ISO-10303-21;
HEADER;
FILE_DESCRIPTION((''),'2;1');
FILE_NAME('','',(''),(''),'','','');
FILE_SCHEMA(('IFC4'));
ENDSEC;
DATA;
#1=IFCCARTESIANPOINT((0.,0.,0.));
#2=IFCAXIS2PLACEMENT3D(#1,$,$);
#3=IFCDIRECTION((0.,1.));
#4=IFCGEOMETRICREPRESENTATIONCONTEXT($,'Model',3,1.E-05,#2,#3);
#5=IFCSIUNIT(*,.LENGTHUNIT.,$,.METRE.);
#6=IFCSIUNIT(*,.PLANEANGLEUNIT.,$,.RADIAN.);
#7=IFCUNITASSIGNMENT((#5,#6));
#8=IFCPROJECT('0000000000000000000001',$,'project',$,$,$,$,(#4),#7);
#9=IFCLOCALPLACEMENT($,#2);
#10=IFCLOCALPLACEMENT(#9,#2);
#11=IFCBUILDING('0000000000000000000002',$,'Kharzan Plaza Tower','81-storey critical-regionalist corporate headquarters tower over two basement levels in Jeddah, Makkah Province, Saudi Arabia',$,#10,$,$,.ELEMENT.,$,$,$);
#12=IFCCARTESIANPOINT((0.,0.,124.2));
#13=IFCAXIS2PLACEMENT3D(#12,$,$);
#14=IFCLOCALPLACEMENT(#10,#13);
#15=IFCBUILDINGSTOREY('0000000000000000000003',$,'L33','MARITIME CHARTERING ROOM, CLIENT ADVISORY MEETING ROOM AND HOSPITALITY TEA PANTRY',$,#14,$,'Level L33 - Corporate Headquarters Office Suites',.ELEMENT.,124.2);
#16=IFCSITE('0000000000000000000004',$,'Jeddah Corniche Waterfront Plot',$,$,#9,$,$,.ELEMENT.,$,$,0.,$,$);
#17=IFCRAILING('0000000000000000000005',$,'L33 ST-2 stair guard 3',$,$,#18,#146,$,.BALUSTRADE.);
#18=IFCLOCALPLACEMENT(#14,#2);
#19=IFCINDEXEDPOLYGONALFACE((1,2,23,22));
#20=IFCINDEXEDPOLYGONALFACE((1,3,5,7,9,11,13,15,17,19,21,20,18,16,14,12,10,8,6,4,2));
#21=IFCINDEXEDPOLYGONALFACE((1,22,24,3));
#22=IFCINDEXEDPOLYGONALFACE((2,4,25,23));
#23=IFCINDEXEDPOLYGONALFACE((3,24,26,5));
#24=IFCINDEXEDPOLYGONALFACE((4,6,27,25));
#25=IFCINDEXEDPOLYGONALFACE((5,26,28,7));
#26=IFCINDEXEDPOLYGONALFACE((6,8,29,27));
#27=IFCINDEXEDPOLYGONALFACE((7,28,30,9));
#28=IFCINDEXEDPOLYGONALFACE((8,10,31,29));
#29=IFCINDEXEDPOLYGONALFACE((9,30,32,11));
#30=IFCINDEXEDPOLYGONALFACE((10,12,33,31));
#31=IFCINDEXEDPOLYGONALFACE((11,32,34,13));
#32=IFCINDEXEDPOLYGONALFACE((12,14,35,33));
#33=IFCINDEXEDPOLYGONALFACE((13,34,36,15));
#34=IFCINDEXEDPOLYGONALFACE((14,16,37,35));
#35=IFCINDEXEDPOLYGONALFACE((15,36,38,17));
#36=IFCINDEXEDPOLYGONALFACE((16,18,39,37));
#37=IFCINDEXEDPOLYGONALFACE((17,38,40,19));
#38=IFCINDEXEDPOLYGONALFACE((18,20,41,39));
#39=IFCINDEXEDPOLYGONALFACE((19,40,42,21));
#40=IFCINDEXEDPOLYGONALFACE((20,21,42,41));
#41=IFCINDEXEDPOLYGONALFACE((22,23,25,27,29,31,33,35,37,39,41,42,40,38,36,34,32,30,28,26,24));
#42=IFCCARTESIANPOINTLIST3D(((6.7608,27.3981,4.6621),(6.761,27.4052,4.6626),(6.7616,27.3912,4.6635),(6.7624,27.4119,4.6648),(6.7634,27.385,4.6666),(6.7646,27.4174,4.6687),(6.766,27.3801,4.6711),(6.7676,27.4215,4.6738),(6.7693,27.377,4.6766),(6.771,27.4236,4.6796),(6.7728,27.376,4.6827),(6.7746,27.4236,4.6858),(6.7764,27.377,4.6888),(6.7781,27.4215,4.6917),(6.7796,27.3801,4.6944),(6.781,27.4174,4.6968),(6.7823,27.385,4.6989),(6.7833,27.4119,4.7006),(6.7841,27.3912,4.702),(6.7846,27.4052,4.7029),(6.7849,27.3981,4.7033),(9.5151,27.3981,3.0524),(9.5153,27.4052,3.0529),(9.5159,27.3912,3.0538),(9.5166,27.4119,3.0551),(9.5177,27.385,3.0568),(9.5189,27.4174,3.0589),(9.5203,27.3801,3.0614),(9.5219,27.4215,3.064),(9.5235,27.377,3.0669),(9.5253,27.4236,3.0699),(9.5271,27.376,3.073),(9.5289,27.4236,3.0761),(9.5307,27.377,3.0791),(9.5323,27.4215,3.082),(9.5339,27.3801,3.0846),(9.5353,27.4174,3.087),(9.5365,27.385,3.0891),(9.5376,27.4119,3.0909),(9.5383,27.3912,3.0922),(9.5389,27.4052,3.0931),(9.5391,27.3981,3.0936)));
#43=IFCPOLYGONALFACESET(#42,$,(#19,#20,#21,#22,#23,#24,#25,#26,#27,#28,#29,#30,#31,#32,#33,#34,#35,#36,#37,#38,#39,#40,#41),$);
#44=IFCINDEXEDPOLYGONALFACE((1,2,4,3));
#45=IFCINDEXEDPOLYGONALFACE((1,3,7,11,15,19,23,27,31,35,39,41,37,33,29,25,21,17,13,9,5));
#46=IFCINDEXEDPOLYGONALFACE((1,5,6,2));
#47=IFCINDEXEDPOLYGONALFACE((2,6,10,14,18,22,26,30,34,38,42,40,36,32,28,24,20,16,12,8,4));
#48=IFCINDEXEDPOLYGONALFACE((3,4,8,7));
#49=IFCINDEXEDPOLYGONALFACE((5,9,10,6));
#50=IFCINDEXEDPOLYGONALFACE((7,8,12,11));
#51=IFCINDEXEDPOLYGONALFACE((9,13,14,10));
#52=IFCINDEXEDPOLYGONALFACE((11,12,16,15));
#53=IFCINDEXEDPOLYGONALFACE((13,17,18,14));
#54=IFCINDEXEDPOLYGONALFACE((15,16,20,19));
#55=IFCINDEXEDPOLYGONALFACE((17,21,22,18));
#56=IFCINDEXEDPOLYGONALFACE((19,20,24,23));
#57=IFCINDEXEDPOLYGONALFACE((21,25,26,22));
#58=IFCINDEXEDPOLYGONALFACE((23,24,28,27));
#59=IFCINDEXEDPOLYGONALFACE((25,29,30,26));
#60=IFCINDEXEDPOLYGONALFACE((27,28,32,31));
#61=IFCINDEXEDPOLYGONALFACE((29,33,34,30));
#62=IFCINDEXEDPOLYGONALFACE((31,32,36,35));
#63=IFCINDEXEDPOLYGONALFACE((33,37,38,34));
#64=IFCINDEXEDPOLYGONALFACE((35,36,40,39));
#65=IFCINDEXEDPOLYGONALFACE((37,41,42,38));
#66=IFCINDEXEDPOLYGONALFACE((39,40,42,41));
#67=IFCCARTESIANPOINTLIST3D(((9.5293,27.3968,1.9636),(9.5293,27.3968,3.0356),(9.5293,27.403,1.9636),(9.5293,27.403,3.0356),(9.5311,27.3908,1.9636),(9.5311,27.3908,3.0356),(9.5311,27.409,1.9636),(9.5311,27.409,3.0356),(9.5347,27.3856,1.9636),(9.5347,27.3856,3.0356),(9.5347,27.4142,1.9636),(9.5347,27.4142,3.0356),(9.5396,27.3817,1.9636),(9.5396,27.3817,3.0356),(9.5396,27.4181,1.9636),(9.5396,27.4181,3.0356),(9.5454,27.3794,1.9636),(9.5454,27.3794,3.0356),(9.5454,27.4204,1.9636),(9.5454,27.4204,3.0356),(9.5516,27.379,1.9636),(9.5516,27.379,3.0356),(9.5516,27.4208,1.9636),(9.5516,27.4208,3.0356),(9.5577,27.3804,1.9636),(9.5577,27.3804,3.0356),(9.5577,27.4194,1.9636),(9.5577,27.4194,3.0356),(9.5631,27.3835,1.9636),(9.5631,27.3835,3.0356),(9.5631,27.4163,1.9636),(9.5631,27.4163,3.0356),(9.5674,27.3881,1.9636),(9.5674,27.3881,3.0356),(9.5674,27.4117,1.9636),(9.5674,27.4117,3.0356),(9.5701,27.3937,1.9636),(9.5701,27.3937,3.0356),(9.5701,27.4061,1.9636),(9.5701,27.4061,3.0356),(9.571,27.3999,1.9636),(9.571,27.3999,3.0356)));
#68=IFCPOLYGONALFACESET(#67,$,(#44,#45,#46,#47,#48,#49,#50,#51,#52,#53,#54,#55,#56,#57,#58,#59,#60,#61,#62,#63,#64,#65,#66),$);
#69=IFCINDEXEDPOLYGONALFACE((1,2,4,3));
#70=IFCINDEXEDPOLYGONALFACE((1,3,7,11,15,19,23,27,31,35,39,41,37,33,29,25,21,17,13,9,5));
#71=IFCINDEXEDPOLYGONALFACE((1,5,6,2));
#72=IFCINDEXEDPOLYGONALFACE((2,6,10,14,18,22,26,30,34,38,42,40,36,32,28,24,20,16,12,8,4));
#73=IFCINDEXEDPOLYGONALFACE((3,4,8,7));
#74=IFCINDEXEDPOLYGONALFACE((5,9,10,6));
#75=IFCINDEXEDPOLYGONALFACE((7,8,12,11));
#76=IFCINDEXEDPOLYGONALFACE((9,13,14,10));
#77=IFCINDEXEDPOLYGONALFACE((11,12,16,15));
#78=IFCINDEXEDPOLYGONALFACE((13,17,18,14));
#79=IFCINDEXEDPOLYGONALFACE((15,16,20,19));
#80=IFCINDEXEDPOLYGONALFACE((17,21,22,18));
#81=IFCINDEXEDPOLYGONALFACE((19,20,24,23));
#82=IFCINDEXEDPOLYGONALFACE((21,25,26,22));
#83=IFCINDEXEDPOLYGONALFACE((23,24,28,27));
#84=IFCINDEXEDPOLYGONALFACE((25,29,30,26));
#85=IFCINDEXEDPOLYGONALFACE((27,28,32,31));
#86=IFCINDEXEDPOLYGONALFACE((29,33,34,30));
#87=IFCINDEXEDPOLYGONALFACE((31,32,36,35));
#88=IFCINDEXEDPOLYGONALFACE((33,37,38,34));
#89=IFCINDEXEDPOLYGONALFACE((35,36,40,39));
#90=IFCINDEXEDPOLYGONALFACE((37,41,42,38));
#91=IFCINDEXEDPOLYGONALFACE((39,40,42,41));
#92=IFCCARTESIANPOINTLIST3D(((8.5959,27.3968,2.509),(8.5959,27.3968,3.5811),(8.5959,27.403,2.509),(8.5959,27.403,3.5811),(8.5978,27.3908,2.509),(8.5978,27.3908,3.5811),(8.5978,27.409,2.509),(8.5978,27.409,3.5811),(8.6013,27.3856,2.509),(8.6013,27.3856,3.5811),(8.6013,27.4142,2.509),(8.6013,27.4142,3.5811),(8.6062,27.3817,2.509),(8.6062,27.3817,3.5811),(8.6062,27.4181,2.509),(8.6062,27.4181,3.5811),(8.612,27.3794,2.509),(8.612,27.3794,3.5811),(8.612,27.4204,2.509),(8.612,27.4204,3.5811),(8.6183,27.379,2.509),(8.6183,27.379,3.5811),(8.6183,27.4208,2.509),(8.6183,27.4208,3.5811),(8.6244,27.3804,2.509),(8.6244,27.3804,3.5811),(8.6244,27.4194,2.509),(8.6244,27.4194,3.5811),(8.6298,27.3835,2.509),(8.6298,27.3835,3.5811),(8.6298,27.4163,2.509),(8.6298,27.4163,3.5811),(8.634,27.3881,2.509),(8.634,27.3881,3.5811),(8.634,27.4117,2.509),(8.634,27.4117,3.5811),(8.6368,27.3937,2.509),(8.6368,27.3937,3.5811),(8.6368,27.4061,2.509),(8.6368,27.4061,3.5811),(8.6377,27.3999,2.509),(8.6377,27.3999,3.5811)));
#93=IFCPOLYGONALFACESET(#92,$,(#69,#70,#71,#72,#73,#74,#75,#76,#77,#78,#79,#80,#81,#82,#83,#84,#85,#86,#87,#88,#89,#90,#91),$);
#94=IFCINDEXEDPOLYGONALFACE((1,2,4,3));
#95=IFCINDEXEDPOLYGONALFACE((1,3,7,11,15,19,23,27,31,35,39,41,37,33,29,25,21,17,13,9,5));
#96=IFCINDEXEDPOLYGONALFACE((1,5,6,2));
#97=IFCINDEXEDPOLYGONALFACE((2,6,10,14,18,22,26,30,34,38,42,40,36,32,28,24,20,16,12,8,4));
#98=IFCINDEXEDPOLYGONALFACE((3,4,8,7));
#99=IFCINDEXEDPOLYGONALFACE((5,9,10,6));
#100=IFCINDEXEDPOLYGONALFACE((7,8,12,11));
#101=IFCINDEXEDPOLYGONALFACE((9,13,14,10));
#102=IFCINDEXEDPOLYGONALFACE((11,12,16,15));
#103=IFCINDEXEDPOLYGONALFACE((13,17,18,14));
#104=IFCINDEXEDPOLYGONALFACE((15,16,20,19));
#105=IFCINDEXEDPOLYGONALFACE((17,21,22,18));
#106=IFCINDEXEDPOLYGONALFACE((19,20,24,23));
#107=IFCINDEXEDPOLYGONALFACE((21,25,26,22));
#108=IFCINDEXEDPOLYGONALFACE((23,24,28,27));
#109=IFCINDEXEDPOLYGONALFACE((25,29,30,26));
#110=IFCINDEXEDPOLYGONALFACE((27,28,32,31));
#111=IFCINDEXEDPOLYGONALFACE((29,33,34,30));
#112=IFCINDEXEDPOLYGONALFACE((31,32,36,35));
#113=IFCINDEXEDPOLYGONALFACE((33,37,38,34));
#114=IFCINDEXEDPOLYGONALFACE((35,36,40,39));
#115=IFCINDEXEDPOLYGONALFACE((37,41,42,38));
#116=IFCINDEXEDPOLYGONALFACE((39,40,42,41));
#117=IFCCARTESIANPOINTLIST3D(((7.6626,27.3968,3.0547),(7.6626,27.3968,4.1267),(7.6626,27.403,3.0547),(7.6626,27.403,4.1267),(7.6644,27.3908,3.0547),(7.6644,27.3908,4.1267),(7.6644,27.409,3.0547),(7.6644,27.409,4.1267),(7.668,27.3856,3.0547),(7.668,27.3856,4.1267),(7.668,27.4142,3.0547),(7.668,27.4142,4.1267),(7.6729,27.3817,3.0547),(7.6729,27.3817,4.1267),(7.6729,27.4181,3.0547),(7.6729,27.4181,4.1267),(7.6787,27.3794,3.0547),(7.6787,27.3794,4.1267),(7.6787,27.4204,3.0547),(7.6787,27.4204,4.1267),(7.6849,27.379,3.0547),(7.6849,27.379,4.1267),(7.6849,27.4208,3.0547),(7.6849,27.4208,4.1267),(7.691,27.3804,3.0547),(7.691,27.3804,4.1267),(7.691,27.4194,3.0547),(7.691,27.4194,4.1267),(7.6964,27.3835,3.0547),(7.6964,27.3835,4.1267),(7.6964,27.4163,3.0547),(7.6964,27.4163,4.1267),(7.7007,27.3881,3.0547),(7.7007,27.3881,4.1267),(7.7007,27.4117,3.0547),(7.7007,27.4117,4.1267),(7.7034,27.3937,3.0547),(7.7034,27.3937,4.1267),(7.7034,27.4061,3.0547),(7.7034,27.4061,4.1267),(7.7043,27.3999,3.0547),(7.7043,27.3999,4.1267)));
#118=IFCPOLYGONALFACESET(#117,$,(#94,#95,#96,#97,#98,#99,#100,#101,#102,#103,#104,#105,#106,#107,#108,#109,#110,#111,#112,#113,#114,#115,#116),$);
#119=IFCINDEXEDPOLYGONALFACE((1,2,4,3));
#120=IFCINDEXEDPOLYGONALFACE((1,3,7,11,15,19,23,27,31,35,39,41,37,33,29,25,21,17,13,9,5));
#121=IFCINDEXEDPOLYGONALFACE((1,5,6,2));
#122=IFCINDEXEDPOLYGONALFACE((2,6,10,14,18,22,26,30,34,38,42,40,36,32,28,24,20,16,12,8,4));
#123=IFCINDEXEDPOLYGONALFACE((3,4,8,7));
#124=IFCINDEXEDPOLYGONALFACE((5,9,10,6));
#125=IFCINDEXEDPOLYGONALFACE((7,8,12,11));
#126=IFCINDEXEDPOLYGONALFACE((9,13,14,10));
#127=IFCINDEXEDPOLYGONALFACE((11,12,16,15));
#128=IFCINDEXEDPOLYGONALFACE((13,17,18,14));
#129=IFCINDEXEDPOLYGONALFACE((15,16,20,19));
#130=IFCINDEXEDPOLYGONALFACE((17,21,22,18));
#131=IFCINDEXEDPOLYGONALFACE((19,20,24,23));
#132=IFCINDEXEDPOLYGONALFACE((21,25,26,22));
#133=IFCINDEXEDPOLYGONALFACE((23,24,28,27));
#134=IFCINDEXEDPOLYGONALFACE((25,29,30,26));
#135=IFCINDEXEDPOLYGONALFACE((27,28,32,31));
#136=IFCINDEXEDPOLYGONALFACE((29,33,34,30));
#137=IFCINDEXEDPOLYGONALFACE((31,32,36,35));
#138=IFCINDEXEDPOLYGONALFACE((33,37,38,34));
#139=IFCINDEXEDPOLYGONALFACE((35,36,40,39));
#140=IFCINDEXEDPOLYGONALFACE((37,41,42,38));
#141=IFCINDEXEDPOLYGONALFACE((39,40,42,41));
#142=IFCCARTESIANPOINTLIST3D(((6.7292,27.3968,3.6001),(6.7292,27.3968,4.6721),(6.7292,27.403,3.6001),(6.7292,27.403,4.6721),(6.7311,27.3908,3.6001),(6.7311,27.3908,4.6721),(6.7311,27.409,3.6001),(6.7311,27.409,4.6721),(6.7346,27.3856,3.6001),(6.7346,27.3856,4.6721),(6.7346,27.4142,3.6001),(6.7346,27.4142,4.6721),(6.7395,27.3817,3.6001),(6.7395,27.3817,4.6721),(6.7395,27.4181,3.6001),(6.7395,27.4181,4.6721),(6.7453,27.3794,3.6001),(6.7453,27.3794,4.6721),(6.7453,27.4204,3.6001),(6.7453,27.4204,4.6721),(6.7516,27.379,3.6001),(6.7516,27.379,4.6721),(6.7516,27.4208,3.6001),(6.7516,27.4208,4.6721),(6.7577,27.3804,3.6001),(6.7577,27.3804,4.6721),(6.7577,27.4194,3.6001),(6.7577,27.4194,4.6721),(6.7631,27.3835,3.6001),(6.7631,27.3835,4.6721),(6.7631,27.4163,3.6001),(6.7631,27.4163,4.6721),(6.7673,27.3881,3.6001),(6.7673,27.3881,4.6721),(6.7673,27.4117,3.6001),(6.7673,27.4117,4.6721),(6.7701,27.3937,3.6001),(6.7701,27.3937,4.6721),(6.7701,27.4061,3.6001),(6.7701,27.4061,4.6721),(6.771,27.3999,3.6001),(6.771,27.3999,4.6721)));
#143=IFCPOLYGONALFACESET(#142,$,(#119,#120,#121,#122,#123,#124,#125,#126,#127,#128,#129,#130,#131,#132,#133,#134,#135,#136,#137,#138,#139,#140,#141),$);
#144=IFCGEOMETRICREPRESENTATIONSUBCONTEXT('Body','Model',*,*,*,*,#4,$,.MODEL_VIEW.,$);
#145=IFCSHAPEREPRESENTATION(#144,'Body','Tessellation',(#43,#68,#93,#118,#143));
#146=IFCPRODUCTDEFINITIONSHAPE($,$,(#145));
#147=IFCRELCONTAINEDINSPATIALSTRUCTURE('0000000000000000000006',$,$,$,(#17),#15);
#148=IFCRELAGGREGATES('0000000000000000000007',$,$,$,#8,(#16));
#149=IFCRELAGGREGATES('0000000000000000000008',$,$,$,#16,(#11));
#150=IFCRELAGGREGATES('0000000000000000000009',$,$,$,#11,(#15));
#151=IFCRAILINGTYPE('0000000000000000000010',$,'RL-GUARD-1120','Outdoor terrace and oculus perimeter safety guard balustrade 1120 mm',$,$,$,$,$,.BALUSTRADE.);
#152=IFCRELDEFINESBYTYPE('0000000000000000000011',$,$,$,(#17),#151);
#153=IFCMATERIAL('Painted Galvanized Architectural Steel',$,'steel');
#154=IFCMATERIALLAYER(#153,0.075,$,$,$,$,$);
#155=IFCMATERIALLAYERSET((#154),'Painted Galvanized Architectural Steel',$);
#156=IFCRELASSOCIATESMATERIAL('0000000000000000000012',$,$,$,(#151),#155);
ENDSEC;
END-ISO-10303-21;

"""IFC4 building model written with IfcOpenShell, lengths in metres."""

from ifc_helpers import new_model, si_unit, direction, frame, origin, origin_2d, place, context, subcontext, project, spatial, circle, extrude, source, transform, mapped, material, layer, layer_set, type_object, element, save


model = new_model("IFC4")

# Units and contexts
model_context = context("Model", 3, precision=1e-05, world=origin(), true_north=direction((0.0, 1.0)))
body_context = subcontext(model_context, "Body", "Model", "MODEL_VIEW")
ifc_project = project(units=[si_unit("LENGTHUNIT", "METRE"), si_unit("PLANEANGLEUNIT", "RADIAN")], contexts=[model_context])

# Site, building, storey
site_placement = place(None, origin())
site = spatial("IfcSite", under=ifc_project, at=site_placement, Name="Jeddah Corniche Waterfront Plot", CompositionType="ELEMENT", RefElevation=0.0)
building_placement = place(site_placement, origin())
building = spatial("IfcBuilding", under=site, at=building_placement, Name="Kharzan Plaza Tower", Description="81-storey critical-regionalist corporate headquarters tower over two basement levels in Jeddah, Makkah Province, Saudi Arabia", CompositionType="ELEMENT")
storey_placement = place(building_placement, frame((0.0, 0.0, 124.2)))
storey = spatial("IfcBuildingStorey", under=building, at=storey_placement, Name="L33", Description="MARITIME CHARTERING ROOM, CLIENT ADVISORY MEETING ROOM AND HOSPITALITY TEA PANTRY", LongName="Level L33 - Corporate Headquarters Office Suites", CompositionType="ELEMENT", Elevation=124.2)

# Railing
ifc_material_1 = material(Name="Painted Galvanized Architectural Steel", Category="steel")
ifc_layer_1 = layer(ifc_material_1, 0.075)
ifc_layer_set_1 = layer_set([ifc_layer_1], Name="Painted Galvanized Architectural Steel")
railing_type_1 = type_object("IfcRailingType", Name="RL-GUARD-1120", Description="Outdoor terrace and oculus perimeter safety guard balustrade 1120 mm", PredefinedType="BALUSTRADE", material=ifc_layer_set_1)
shared_shape_1 = source(origin(), body_context, "Body", "SweptSolid", [
    extrude(circle(Radius=0.0239, at=origin_2d()), frame((-0.0229, 0.0, 1.1094), z_axis=(-0.863361, 0.0, 0.504587), x_axis=(0.0, -1.0, 0.0)), (0.0, 0.0, 1.0), 3.1902),
    extrude(circle(Radius=0.021, at=origin_2d()), origin(), (0.0, 0.0, 1.0), 1.072),
    extrude(circle(Radius=0.021, at=origin_2d()), frame((-0.9333, 0.0, 0.5454)), (0.0, 0.0, 1.0), 1.072),
    extrude(circle(Radius=0.021, at=origin_2d()), frame((-1.8667, 0.0, 1.0911)), (0.0, 0.0, 1.0), 1.072),
    extrude(circle(Radius=0.021, at=origin_2d()), frame((-2.8, 0.0, 1.6365)), (0.0, 0.0, 1.0), 1.072),
])
railing_1_placement = place(storey_placement, frame((9.55, 27.3999, 1.9636)))
element("IfcRailing", 1, at=railing_1_placement, inside=storey, type_object=railing_type_1, Name="L33 ST-2 stair guard 3", PredefinedType="BALUSTRADE", context=body_context, shape_type="MappedRepresentation", body=[
    mapped(shared_shape_1, transform((0.0, 0.0, 0.0), x_axis=(1.0, 0.0, 0.0), y_axis=(0.0, 1.0, 0.0), z_axis=(0.0, 0.0, 1.0))),
])

save(model, "model.ifc")
